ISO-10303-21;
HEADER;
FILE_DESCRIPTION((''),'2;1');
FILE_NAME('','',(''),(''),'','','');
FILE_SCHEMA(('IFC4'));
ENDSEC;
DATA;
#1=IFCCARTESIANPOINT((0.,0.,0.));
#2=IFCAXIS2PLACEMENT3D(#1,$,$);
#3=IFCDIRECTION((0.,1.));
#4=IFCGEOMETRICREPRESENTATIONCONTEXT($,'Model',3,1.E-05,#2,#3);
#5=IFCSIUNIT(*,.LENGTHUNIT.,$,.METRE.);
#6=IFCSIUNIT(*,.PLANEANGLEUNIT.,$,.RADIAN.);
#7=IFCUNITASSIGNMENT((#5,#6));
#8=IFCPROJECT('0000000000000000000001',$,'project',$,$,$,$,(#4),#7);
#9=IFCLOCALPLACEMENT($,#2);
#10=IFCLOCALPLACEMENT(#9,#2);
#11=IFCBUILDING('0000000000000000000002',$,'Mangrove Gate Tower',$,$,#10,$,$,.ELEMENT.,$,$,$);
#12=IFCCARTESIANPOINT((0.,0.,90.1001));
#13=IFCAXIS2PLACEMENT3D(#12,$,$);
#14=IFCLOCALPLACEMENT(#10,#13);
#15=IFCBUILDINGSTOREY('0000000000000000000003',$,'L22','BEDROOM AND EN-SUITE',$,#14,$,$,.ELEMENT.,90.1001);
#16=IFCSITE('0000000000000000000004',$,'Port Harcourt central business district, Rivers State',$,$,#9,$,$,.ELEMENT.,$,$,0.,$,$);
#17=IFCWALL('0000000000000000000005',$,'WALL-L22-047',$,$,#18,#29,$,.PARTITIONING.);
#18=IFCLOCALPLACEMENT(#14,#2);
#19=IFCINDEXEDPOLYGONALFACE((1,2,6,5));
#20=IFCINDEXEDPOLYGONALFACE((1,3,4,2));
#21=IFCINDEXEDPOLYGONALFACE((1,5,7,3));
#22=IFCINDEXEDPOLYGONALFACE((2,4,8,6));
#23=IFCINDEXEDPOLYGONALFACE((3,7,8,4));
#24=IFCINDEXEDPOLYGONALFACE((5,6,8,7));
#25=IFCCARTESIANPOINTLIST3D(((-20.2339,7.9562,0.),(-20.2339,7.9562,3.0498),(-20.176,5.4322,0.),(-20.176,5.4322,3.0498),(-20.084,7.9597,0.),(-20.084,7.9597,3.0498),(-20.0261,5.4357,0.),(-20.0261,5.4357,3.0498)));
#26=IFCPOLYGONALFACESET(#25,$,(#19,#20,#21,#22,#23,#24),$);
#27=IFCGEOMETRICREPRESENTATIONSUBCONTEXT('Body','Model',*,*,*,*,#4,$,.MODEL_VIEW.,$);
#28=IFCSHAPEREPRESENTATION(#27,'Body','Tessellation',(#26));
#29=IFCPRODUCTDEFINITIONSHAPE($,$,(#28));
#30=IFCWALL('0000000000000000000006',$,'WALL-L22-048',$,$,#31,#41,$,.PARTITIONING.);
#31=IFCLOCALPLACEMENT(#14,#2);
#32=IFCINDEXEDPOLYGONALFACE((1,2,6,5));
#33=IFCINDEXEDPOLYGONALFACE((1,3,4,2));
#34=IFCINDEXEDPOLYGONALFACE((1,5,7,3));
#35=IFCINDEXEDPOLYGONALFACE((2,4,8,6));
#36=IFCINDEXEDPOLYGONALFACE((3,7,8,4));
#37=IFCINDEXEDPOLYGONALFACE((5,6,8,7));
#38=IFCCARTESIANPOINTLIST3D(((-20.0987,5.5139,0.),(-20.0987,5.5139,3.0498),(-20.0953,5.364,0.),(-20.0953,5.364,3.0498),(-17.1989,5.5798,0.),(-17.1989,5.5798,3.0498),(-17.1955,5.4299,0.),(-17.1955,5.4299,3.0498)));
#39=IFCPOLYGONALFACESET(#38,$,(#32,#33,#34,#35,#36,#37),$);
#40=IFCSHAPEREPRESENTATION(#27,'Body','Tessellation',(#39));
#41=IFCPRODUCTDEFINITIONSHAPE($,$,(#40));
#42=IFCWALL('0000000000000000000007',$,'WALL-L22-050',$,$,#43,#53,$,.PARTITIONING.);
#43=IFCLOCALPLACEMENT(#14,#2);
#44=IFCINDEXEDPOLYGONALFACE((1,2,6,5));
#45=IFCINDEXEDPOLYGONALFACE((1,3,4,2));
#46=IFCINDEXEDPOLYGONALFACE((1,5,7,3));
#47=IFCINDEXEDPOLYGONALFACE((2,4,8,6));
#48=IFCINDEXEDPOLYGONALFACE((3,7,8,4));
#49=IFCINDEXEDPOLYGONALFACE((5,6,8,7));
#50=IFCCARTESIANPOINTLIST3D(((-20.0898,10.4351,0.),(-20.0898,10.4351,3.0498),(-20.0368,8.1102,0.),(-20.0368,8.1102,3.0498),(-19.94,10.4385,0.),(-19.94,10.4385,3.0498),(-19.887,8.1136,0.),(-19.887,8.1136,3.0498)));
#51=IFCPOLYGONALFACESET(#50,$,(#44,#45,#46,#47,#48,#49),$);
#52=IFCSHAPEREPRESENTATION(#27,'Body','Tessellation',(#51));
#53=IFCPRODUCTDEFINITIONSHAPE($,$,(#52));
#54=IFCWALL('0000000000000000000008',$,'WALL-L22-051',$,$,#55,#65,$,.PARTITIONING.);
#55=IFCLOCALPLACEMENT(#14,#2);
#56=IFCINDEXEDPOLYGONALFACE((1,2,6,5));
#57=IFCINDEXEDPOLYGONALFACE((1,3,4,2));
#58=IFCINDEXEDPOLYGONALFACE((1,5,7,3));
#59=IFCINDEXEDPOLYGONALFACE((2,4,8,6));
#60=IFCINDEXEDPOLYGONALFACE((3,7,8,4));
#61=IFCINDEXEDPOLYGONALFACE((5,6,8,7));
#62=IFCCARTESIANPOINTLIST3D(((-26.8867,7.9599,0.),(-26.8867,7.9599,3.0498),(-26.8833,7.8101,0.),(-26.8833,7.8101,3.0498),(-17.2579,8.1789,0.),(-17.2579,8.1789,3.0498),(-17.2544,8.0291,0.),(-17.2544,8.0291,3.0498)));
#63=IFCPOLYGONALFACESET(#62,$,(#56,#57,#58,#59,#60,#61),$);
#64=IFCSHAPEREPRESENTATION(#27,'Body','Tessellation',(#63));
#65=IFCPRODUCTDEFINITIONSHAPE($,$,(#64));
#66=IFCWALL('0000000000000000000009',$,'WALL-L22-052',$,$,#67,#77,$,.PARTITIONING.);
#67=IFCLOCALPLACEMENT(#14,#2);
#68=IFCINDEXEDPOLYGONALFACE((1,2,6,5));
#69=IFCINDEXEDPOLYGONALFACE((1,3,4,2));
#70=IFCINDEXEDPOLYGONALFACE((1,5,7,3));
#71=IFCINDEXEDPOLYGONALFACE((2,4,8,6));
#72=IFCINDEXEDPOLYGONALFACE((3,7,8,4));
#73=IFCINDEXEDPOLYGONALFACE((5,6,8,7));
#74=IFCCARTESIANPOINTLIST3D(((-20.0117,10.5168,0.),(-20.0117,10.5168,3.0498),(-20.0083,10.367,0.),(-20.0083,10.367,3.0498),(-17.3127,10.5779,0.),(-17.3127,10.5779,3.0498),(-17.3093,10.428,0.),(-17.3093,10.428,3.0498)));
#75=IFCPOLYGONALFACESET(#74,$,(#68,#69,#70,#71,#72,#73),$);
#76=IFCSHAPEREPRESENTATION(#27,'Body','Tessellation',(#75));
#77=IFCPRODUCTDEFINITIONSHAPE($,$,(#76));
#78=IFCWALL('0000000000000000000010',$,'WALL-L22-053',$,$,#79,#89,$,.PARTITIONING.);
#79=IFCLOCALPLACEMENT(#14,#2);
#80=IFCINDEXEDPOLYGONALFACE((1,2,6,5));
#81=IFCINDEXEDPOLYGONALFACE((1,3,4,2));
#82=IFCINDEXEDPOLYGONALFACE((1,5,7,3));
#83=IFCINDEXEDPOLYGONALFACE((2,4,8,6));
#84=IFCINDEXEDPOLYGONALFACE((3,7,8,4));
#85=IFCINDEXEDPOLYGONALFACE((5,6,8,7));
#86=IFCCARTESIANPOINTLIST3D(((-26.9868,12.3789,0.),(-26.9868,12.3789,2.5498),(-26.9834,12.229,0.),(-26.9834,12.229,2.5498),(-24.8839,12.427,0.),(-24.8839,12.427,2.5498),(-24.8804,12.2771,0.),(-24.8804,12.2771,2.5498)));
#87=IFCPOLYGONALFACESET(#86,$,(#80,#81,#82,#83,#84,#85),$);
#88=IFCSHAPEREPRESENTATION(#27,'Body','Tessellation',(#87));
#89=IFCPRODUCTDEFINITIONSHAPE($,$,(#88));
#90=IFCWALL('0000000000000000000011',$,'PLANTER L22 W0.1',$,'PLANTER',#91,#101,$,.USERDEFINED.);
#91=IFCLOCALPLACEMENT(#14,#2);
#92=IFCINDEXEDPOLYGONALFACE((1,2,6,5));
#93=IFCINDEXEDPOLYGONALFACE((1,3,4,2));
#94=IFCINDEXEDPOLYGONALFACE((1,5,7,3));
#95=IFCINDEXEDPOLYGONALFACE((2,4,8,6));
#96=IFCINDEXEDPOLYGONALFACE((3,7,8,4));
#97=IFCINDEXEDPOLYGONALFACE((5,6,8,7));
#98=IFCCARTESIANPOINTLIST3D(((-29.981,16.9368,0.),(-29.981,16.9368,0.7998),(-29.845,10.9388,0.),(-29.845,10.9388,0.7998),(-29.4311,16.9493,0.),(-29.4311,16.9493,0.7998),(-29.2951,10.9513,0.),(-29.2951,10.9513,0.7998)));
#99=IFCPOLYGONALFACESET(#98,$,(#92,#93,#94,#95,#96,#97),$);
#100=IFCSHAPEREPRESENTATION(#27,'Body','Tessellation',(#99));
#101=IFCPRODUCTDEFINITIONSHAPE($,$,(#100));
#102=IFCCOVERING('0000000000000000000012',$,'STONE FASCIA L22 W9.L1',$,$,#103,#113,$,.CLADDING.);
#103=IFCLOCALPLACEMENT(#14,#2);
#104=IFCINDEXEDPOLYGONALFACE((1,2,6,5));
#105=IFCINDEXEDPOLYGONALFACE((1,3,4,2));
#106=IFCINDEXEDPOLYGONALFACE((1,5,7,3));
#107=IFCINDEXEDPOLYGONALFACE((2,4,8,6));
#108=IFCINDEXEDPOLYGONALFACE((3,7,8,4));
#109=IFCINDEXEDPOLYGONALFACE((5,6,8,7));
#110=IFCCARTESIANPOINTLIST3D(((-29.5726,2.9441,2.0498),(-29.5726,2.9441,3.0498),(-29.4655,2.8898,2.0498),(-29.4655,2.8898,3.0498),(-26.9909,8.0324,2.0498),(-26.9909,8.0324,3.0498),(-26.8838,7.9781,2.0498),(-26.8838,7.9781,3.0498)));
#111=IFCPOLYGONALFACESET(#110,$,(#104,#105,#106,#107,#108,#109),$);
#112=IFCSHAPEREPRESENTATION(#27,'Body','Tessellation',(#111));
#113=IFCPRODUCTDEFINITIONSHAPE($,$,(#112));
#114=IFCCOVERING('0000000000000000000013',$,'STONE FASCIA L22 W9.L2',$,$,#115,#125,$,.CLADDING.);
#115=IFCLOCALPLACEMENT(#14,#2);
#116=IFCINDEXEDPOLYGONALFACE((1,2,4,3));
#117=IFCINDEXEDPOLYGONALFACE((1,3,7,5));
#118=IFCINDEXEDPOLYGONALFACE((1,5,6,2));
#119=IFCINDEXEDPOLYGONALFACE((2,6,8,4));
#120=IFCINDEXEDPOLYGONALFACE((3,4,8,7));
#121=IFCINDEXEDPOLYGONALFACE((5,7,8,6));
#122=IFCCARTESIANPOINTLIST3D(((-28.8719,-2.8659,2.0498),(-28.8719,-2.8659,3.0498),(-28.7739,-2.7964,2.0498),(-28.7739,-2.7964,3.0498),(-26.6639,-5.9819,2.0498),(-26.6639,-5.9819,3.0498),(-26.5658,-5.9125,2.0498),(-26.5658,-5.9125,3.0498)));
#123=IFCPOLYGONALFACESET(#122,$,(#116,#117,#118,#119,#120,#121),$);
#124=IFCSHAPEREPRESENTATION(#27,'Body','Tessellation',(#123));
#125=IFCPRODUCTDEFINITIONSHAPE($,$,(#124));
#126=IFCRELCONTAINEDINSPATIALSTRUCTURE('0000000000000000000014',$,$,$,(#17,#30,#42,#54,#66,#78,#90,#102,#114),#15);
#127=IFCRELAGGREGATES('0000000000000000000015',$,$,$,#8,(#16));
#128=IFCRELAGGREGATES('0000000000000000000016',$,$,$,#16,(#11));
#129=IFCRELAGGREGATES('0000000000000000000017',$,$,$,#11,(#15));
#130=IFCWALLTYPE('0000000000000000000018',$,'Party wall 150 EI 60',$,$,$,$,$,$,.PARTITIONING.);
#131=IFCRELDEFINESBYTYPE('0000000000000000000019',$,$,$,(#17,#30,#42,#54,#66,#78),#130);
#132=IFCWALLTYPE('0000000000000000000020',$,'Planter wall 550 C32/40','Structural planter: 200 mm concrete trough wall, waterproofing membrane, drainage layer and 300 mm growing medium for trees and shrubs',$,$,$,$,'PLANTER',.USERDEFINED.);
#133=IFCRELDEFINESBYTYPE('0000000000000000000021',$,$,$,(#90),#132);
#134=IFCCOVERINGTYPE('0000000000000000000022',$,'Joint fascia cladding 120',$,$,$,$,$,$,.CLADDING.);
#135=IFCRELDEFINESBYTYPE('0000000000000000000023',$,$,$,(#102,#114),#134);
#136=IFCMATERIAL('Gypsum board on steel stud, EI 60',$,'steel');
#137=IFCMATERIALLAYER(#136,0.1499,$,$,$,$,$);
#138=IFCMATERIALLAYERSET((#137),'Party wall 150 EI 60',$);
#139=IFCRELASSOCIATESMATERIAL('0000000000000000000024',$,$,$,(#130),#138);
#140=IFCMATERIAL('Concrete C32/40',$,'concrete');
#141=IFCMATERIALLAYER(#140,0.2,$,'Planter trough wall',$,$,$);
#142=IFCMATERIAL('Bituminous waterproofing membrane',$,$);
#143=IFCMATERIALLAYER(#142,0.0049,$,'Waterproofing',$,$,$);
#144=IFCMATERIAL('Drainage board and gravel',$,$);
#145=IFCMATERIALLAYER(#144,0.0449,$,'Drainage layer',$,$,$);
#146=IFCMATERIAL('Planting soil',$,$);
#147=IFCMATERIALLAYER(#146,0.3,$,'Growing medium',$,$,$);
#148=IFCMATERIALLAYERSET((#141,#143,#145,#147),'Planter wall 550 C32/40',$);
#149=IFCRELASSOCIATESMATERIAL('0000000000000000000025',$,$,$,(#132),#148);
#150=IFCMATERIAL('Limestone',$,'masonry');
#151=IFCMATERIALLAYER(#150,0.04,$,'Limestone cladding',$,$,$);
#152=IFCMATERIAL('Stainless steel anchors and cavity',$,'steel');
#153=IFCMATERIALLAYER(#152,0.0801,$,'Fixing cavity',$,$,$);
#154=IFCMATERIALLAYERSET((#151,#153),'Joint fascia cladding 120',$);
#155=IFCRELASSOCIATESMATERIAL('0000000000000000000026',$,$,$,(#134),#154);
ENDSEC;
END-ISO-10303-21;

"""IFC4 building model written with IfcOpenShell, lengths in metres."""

from ifc_helpers import new_model, si_unit, direction, frame, frame_2d, origin, place, context, subcontext, project, spatial, rectangle, extrude, material, layer, layer_set, type_object, element, save


model = new_model("IFC4")

# Units and contexts
model_context = context("Model", 3, precision=1e-05, world=origin(), true_north=direction((0.0, 1.0)))
body_context = subcontext(model_context, "Body", "Model", "MODEL_VIEW")
ifc_project = project(units=[si_unit("LENGTHUNIT", "METRE"), si_unit("PLANEANGLEUNIT", "RADIAN")], contexts=[model_context])

# Site, building, storey
site_placement = place(None, origin())
site = spatial("IfcSite", under=ifc_project, at=site_placement, Name="Port Harcourt central business district, Rivers State", CompositionType="ELEMENT", RefElevation=0.0)
building_placement = place(site_placement, origin())
building = spatial("IfcBuilding", under=site, at=building_placement, Name="Mangrove Gate Tower", CompositionType="ELEMENT")
storey_placement = place(building_placement, frame((0.0, 0.0, 90.1001)))
storey = spatial("IfcBuildingStorey", under=building, at=storey_placement, Name="L22", Description="BEDROOM AND EN-SUITE", CompositionType="ELEMENT", Elevation=90.1001)

# Shared definitions
ifc_material_1 = material(Name="Limestone", Category="masonry")

# Walls
ifc_material_2 = material(Name="Gypsum board on steel stud, EI 60", Category="steel")
ifc_layer_1 = layer(ifc_material_2, 0.1499)
ifc_layer_set_1 = layer_set([ifc_layer_1], Name="Party wall 150 EI 60")
wall_type_1 = type_object("IfcWallType", Name="Party wall 150 EI 60", PredefinedType="PARTITIONING", material=ifc_layer_set_1)
wall_1_placement = place(storey_placement, frame((-20.1011, 5.4341, 0.0), z_axis=(0.0, 0.0, 1.0), x_axis=(-0.022919, 0.999737, 0.0)))
element("IfcWall", 1, at=wall_1_placement, inside=storey, type_object=wall_type_1, Name="WALL-L22-047", PredefinedType="PARTITIONING", context=body_context, shape_type="SweptSolid", body=[
    extrude(rectangle(XDim=2.5247, YDim=0.1499, at=frame_2d((1.2622, 0.0))), origin(), (0.0, 0.0, 1.0), 3.0498),
])
wall_2_placement = place(storey_placement, frame((-20.0969, 5.439, 0.0), z_axis=(0.0, 0.0, 1.0), x_axis=(0.999742, 0.022725, 0.0)))
element("IfcWall", 2, at=wall_2_placement, inside=storey, type_object=wall_type_1, Name="WALL-L22-048", PredefinedType="PARTITIONING", context=body_context, shape_type="SweptSolid", body=[
    extrude(rectangle(XDim=2.9006, YDim=0.1499, at=frame_2d((1.4502, 0.0))), origin(), (0.0, 0.0, 1.0), 3.0498),
])
wall_3_placement = place(storey_placement, frame((-19.9619, 8.1121, 0.0), z_axis=(0.0, 0.0, 1.0), x_axis=(-0.022781, 0.99974, 0.0)))
element("IfcWall", 3, at=wall_3_placement, inside=storey, type_object=wall_type_1, Name="WALL-L22-050", PredefinedType="PARTITIONING", context=body_context, shape_type="SweptSolid", body=[
    extrude(rectangle(XDim=2.3254, YDim=0.1499, at=frame_2d((1.1626, 0.0))), origin(), (0.0, 0.0, 1.0), 3.0498),
])
wall_4_placement = place(storey_placement, frame((-26.885, 7.885, 0.0), z_axis=(0.0, 0.0, 1.0), x_axis=(0.999741, 0.022738, 0.0)))
element("IfcWall", 4, at=wall_4_placement, inside=storey, type_object=wall_type_1, Name="WALL-L22-051", PredefinedType="PARTITIONING", context=body_context, shape_type="SweptSolid", body=[
    extrude(rectangle(XDim=9.6313, YDim=0.1499, at=frame_2d((4.8157, 0.0))), origin(), (0.0, 0.0, 1.0), 3.0498),
])
wall_5_placement = place(storey_placement, frame((-20.01, 10.4419, 0.0), z_axis=(0.0, 0.0, 1.0), x_axis=(0.999744, 0.022608, 0.0)))
element("IfcWall", 5, at=wall_5_placement, inside=storey, type_object=wall_type_1, Name="WALL-L22-052", PredefinedType="PARTITIONING", context=body_context, shape_type="SweptSolid", body=[
    extrude(rectangle(XDim=2.6997, YDim=0.1499, at=frame_2d((1.3499, 0.0))), origin(), (0.0, 0.0, 1.0), 3.0498),
])
wall_6_placement = place(storey_placement, frame((-26.9851, 12.304, 0.0), z_axis=(0.0, 0.0, 1.0), x_axis=(0.999739, 0.022864, 0.0)))
element("IfcWall", 6, at=wall_6_placement, inside=storey, type_object=wall_type_1, Name="WALL-L22-053", PredefinedType="PARTITIONING", context=body_context, shape_type="SweptSolid", body=[
    extrude(rectangle(XDim=2.1035, YDim=0.1499, at=frame_2d((1.0518, 0.0))), origin(), (0.0, 0.0, 1.0), 2.5498),
])
ifc_material_3 = material(Name="Concrete C32/40", Category="concrete")
ifc_layer_2 = layer(ifc_material_3, 0.2, Name="Planter trough wall")
ifc_material_4 = material(Name="Bituminous waterproofing membrane")
ifc_layer_3 = layer(ifc_material_4, 0.0049, Name="Waterproofing")
ifc_material_5 = material(Name="Drainage board and gravel")
ifc_layer_4 = layer(ifc_material_5, 0.0449, Name="Drainage layer")
ifc_material_6 = material(Name="Planting soil")
ifc_layer_5 = layer(ifc_material_6, 0.3, Name="Growing medium")
ifc_layer_set_2 = layer_set([ifc_layer_2, ifc_layer_3, ifc_layer_4, ifc_layer_5], Name="Planter wall 550 C32/40")
wall_type_2 = type_object("IfcWallType", Name="Planter wall 550 C32/40", Description="Structural planter: 200 mm concrete trough wall, waterproofing membrane, drainage layer and 300 mm growing medium for trees and shrubs", ElementType="PLANTER", PredefinedType="USERDEFINED", material=ifc_layer_set_2)
wall_7_placement = place(storey_placement, frame((-29.5701, 10.9451, 0.0), z_axis=(0.0, 0.0, 1.0), x_axis=(-0.022666, 0.999743, 0.0)))
element("IfcWall", 7, at=wall_7_placement, inside=storey, type_object=wall_type_2, Name="PLANTER L22 W0.1", ObjectType="PLANTER", PredefinedType="USERDEFINED", context=body_context, shape_type="SweptSolid", body=[
    extrude(rectangle(XDim=5.9995, YDim=0.55, at=frame_2d((2.9998, 0.0))), origin(), (0.0, 0.0, 1.0), 0.7998),
])

# Coverings
ifc_layer_6 = layer(ifc_material_1, 0.04, Name="Limestone cladding")
ifc_material_7 = material(Name="Stainless steel anchors and cavity", Category="steel")
ifc_layer_7 = layer(ifc_material_7, 0.0801, Name="Fixing cavity")
ifc_layer_set_3 = layer_set([ifc_layer_6, ifc_layer_7], Name="Joint fascia cladding 120")
covering_type = type_object("IfcCoveringType", Name="Joint fascia cladding 120", PredefinedType="CLADDING", material=ifc_layer_set_3)
covering_1_placement = place(storey_placement, frame((-26.9373, 8.0054, 2.0498), z_axis=(0.0, 0.0, 1.0), x_axis=(-0.452477, -0.891776, 0.0)))
element("IfcCovering", 8, at=covering_1_placement, inside=storey, type_object=covering_type, Name="STONE FASCIA L22 W9.L1", PredefinedType="CLADDING", context=body_context, shape_type="SweptSolid", body=[
    extrude(rectangle(XDim=5.7058, YDim=0.1201, at=frame_2d((2.853, 0.0))), origin(), (0.0, 0.0, 1.0), 1.0),
])
covering_2_placement = place(storey_placement, frame((-28.823, -2.8311, 2.0498), z_axis=(0.0, 0.0, 1.0), x_axis=(0.578168, -0.815918, 0.0)))
element("IfcCovering", 9, at=covering_2_placement, inside=storey, type_object=covering_type, Name="STONE FASCIA L22 W9.L2", PredefinedType="CLADDING", context=body_context, shape_type="SweptSolid", body=[
    extrude(rectangle(XDim=3.8191, YDim=0.1201, at=frame_2d((1.9097, 0.0))), origin(), (0.0, 0.0, 1.0), 1.0),
])

save(model, "model.ifc")
